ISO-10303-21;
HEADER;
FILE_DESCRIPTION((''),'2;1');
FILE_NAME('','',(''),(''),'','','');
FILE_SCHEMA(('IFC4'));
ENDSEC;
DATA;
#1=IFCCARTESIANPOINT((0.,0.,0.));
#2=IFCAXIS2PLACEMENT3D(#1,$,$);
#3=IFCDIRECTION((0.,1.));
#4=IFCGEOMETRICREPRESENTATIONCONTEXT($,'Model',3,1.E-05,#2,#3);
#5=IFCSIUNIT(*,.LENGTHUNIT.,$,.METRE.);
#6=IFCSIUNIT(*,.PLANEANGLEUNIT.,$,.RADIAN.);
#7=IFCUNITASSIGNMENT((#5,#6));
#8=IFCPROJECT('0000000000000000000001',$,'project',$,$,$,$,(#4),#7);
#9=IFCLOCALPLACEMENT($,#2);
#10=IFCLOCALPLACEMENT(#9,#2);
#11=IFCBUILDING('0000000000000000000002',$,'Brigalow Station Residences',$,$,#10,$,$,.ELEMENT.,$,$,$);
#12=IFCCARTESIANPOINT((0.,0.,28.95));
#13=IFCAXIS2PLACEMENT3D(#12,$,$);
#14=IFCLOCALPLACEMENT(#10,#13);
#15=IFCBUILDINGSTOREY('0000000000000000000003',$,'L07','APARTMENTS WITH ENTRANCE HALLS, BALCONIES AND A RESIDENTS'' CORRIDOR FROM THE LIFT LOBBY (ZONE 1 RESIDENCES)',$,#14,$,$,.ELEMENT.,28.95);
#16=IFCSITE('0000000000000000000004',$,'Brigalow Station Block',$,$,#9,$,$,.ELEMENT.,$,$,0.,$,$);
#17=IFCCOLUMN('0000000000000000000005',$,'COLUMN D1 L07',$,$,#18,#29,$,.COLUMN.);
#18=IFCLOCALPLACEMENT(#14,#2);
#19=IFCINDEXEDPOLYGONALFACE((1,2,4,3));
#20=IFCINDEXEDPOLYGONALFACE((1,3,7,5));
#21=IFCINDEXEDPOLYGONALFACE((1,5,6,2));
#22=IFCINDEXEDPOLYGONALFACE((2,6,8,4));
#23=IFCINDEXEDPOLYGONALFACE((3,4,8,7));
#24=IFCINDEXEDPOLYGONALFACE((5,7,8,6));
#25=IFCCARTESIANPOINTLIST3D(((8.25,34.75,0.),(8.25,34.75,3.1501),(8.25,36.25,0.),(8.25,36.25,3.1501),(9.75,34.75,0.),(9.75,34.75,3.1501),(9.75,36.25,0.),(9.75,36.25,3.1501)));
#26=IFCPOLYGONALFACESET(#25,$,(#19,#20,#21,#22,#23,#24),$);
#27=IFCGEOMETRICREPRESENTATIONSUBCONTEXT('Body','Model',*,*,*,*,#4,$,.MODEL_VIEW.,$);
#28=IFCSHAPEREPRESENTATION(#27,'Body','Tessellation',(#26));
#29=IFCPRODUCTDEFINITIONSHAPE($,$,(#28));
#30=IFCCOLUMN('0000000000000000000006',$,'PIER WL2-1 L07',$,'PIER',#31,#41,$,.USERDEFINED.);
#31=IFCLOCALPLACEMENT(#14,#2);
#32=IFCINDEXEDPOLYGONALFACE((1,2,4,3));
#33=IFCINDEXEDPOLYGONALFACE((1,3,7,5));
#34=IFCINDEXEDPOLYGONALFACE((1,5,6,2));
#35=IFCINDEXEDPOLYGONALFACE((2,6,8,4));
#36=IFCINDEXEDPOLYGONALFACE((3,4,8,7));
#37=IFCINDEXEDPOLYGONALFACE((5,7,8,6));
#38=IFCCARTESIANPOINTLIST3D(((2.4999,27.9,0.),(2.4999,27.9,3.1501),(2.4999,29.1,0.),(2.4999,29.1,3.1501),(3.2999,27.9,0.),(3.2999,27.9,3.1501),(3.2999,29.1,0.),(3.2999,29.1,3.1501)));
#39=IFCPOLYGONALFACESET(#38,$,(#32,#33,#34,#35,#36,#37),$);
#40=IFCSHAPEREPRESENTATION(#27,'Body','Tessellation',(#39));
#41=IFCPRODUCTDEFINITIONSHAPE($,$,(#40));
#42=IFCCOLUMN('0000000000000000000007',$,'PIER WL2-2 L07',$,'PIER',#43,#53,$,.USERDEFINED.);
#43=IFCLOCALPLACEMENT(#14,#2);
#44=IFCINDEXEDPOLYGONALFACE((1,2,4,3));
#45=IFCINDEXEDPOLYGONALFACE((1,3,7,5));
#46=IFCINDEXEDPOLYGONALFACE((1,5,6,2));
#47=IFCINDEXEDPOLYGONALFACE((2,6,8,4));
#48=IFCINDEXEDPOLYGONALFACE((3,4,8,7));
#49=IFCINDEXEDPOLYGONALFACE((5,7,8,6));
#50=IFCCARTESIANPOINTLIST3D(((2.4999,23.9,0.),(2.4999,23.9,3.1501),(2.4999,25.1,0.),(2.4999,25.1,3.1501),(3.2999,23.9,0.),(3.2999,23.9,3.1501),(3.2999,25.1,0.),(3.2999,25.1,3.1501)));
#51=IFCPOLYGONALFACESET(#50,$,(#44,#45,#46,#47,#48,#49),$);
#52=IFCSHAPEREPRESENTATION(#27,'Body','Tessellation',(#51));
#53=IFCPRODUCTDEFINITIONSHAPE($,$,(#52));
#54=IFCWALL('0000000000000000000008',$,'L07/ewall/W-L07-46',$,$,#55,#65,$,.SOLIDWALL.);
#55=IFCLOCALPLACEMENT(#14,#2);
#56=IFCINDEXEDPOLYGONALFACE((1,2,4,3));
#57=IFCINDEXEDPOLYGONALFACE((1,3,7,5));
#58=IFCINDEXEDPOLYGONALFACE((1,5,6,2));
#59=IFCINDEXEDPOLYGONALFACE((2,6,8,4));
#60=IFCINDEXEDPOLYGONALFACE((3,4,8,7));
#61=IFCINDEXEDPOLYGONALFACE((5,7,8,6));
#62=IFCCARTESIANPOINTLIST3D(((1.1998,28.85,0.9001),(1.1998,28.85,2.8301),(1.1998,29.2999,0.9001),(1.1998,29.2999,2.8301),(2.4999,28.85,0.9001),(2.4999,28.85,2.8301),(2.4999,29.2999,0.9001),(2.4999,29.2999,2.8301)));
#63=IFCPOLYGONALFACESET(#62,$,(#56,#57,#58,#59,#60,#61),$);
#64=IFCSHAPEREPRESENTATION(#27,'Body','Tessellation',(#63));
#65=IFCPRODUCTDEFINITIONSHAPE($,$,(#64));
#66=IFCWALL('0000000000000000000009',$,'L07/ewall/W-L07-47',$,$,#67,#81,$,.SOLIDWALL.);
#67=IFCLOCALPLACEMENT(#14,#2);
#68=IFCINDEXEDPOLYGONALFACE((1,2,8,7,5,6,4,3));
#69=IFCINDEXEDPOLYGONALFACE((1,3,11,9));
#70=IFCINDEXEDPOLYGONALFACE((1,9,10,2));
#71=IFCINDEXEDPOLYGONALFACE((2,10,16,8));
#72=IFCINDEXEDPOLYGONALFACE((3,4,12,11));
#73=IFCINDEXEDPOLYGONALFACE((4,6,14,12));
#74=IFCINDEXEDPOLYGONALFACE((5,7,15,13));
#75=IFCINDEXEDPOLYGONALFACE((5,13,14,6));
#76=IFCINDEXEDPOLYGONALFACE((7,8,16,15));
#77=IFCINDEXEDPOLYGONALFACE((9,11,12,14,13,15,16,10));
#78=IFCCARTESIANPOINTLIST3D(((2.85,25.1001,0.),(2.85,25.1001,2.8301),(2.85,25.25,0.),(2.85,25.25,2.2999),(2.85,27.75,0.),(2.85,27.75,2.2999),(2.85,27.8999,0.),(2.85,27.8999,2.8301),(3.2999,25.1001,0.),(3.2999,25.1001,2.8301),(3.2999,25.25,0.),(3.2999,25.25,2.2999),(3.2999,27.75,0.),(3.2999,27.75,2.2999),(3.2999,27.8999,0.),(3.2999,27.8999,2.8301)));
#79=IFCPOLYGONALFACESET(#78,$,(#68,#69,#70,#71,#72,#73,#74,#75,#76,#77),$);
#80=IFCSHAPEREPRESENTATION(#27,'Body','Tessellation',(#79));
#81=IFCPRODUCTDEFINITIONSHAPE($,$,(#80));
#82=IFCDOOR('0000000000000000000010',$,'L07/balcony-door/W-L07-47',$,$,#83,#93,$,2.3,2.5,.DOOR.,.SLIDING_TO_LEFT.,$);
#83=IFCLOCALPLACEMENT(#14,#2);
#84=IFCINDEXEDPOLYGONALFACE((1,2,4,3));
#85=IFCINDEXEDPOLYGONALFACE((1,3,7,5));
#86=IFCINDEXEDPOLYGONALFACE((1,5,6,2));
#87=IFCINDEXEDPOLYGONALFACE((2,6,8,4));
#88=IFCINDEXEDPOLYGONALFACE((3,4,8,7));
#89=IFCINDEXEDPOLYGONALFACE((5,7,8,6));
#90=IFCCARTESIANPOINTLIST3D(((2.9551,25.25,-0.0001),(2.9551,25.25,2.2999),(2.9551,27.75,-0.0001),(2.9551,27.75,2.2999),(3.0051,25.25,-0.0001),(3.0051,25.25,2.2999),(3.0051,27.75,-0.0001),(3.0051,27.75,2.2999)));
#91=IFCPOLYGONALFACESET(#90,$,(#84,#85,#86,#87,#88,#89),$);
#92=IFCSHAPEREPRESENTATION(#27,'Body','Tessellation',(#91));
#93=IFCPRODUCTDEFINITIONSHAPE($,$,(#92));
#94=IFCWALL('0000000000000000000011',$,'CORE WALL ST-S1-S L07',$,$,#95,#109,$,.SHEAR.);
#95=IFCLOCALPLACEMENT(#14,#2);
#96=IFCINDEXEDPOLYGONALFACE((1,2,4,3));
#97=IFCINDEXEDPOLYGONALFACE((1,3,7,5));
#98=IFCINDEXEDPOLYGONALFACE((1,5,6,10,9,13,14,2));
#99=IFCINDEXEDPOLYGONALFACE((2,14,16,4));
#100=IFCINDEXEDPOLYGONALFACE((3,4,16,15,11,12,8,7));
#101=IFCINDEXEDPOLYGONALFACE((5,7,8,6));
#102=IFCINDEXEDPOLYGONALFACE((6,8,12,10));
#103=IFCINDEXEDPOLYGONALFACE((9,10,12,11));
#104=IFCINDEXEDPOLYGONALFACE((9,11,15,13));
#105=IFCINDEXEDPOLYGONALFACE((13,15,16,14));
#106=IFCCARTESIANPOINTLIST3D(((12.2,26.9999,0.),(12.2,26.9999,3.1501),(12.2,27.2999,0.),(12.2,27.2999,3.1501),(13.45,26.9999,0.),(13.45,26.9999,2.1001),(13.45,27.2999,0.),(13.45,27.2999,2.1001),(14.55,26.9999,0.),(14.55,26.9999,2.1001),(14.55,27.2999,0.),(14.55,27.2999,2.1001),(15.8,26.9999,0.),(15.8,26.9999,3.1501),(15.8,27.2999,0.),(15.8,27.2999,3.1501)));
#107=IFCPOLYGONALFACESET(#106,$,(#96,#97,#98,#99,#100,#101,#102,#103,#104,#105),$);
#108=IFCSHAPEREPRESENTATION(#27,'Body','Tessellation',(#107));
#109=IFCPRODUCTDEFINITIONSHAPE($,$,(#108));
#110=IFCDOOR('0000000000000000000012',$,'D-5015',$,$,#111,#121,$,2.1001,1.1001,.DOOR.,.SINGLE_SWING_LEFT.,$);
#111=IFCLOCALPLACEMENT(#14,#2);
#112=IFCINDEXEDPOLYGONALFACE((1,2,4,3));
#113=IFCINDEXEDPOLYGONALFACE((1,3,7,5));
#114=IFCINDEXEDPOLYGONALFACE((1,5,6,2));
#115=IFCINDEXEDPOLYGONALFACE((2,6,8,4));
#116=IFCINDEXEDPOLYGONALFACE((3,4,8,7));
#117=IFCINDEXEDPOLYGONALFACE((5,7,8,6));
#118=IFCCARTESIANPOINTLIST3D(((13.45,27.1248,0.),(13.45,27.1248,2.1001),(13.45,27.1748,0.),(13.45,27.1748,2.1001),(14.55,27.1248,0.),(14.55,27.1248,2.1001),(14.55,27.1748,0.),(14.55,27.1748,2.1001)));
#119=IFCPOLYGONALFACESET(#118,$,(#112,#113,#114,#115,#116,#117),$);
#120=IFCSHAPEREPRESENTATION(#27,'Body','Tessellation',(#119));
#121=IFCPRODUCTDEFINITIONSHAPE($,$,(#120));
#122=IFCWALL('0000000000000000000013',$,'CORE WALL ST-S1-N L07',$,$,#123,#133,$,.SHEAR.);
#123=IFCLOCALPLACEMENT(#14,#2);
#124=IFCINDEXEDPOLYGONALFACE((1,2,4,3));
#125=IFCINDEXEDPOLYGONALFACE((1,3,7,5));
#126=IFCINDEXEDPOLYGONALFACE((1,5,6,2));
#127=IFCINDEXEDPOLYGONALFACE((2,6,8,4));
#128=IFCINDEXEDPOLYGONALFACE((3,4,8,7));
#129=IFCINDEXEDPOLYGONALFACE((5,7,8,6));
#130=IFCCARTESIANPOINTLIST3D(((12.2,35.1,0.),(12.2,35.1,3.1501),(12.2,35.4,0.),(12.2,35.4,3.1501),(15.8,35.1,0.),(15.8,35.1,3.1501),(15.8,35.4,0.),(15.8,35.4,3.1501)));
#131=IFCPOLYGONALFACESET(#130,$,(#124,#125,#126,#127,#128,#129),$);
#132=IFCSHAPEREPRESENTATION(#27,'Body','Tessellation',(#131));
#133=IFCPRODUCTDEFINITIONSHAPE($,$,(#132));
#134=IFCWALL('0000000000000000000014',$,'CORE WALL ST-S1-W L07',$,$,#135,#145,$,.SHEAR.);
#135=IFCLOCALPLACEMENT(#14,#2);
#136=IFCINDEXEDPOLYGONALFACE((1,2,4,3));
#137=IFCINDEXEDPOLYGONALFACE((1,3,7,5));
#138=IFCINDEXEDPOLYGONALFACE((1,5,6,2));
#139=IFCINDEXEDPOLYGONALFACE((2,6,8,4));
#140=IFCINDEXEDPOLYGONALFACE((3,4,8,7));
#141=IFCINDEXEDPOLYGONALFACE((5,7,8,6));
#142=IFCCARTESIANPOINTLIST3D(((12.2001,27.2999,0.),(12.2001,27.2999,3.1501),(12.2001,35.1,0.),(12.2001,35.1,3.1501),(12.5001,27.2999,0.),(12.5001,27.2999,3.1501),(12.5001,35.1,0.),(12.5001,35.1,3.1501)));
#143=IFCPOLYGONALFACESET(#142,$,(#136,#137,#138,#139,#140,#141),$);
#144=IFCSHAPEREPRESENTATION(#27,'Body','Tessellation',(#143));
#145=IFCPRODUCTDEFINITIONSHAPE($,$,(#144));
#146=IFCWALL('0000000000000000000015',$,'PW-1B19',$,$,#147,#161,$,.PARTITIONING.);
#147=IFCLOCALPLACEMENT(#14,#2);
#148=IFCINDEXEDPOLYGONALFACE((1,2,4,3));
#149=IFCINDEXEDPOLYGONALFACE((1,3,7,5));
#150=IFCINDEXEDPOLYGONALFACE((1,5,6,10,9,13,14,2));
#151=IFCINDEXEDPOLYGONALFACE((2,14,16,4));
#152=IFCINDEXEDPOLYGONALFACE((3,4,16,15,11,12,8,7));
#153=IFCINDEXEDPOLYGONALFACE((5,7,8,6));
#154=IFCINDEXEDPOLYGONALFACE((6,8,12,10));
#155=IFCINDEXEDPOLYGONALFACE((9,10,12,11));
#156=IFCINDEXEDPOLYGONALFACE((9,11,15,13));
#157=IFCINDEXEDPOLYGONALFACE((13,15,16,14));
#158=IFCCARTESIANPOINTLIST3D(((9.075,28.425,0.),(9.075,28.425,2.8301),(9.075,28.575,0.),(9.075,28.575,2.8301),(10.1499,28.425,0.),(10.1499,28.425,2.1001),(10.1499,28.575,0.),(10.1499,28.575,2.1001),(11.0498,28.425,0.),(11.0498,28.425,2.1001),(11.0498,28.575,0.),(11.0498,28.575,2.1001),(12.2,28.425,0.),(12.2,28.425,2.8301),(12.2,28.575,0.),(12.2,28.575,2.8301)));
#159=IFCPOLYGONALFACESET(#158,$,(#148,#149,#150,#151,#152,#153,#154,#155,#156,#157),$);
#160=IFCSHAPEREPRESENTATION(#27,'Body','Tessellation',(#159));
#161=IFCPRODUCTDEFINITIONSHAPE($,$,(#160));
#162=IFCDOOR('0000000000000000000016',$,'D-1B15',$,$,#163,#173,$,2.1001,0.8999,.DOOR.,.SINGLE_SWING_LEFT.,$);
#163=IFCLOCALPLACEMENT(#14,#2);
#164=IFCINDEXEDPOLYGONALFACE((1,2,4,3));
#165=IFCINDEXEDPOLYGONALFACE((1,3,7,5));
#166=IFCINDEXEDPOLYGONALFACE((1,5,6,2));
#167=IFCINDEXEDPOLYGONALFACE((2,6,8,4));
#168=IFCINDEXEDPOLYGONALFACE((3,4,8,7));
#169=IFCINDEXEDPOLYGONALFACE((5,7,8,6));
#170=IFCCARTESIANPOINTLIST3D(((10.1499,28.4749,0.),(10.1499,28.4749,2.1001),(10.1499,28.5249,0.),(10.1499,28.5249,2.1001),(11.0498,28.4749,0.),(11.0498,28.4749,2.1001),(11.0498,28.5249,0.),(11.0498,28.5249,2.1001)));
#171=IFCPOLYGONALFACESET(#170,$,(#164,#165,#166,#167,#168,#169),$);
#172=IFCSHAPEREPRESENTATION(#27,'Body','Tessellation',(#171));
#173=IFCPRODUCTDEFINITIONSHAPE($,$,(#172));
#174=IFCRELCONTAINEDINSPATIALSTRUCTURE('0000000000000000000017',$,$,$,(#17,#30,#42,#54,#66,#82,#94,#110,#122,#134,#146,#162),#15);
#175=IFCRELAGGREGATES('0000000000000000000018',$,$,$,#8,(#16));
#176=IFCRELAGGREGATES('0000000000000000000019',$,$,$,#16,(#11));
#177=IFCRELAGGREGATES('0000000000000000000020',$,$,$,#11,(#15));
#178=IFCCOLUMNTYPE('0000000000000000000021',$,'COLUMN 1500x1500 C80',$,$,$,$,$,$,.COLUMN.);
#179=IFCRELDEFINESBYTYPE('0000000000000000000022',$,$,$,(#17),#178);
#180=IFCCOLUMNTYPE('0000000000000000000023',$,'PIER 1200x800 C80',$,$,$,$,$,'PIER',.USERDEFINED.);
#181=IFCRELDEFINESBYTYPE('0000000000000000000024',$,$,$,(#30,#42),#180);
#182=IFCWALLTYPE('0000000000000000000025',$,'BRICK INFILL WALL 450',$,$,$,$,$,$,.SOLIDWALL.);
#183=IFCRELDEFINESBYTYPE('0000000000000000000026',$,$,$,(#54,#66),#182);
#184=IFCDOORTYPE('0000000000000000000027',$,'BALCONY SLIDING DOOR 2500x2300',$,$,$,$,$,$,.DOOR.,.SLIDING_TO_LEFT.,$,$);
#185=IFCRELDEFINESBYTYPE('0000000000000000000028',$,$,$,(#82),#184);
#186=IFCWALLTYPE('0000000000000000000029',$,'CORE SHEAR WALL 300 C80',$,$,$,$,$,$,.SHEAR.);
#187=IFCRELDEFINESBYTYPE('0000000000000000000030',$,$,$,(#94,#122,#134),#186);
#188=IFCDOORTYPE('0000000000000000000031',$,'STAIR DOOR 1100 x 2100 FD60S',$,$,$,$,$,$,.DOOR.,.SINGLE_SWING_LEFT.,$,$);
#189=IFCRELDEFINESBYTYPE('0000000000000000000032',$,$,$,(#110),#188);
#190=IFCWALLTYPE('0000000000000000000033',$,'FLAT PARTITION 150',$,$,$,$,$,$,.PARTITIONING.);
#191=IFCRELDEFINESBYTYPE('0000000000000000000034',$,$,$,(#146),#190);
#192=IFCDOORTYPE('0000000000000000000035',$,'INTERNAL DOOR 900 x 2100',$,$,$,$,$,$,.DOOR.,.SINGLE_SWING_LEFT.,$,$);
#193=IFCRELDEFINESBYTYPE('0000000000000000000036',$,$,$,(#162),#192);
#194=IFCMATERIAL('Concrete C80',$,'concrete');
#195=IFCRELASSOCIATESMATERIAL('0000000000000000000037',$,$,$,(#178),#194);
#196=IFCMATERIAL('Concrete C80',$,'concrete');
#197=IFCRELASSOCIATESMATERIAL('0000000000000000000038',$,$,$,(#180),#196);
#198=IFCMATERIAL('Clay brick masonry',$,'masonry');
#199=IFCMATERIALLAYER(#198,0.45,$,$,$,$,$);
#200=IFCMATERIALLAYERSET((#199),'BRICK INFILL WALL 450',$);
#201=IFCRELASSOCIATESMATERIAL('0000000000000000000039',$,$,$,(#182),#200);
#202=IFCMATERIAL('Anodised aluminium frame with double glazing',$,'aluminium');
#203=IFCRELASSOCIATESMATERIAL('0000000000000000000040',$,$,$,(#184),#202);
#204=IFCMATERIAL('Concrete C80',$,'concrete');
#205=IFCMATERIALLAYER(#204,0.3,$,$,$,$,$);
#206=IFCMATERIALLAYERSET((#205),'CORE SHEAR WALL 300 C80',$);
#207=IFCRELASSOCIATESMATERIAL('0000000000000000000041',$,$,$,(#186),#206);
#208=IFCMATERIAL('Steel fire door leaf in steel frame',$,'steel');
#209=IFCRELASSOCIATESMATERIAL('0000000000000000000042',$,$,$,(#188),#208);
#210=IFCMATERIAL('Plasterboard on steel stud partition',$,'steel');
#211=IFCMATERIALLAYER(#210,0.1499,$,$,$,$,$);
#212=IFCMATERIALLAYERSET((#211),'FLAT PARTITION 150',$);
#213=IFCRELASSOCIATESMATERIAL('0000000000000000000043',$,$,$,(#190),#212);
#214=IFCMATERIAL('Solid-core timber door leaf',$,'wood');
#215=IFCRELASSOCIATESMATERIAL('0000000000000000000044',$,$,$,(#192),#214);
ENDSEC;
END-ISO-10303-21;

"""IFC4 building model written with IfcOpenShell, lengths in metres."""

from ifc_helpers import new_model, si_unit, direction, frame, frame_2d, origin, origin_2d, place, context, subcontext, project, spatial, rectangle, extrude, material, layer, layer_set, material_profile, profile_set, type_object, element, fill, save


model = new_model("IFC4")

# Units and contexts
model_context = context("Model", 3, precision=1e-05, world=origin(), true_north=direction((0.0, 1.0)))
body_context = subcontext(model_context, "Body", "Model", "MODEL_VIEW")
ifc_project = project(units=[si_unit("LENGTHUNIT", "METRE"), si_unit("PLANEANGLEUNIT", "RADIAN")], contexts=[model_context])

# Site, building, storey
site_placement = place(None, origin())
site = spatial("IfcSite", under=ifc_project, at=site_placement, Name="Brigalow Station Block", CompositionType="ELEMENT", RefElevation=0.0)
building_placement = place(site_placement, origin())
building = spatial("IfcBuilding", under=site, at=building_placement, Name="Brigalow Station Residences", CompositionType="ELEMENT")
storey_placement = place(building_placement, frame((0.0, 0.0, 28.95)))
storey = spatial("IfcBuildingStorey", under=building, at=storey_placement, Name="L07", Description="APARTMENTS WITH ENTRANCE HALLS, BALCONIES AND A RESIDENTS' CORRIDOR FROM THE LIFT LOBBY (ZONE 1 RESIDENCES)", CompositionType="ELEMENT", Elevation=28.95)

# Columns
ifc_material_1 = material(Name="Concrete C80", Category="concrete")
ifc_material_profile_1 = material_profile(ifc_material_1, rectangle(XDim=1.5, YDim=1.5, at=origin_2d()), Name="RC1500x1500")
ifc_profile_set_1 = profile_set([ifc_material_profile_1], Name="Concrete C80")
column_type_1 = type_object("IfcColumnType", Name="COLUMN 1500x1500 C80", PredefinedType="COLUMN", material=ifc_profile_set_1)
column_placement = place(storey_placement, frame((9.0, 35.5, 0.0), z_axis=(0.0, 0.0, 1.0), x_axis=(1.0, 0.0, 0.0)))
element("IfcColumn", 1, at=column_placement, inside=storey, type_object=column_type_1, Name="COLUMN D1 L07", PredefinedType="COLUMN", context=body_context, shape_type="SweptSolid", body=[
    extrude(rectangle(XDim=1.5, YDim=1.5, at=origin_2d()), origin(), (0.0, 0.0, 1.0), 3.1501),
])
ifc_material_2 = material(Name="Concrete C80", Category="concrete")
ifc_material_profile_2 = material_profile(ifc_material_2, rectangle(XDim=1.2, YDim=0.8, at=origin_2d()), Name="RC1200x800")
ifc_profile_set_2 = profile_set([ifc_material_profile_2], Name="Concrete C80")
column_type_2 = type_object("IfcColumnType", Name="PIER 1200x800 C80", ElementType="PIER", PredefinedType="USERDEFINED", material=ifc_profile_set_2)
for number, where, z_axis, x_axis, name in (
    (2, (2.8999, 28.5, 0.0), (0.0, 0.0, 1.0), (0.0, -1.0, 0.0), "PIER WL2-1 L07"),
    (3, (2.8999, 24.5, 0.0), (0.0, 0.0, 1.0), (0.0, -1.0, 0.0), "PIER WL2-2 L07"),
):
    element("IfcColumn", number, at=place(storey_placement, frame(where, z_axis=z_axis, x_axis=x_axis)), inside=storey, type_object=column_type_2, Name=name, ObjectType="PIER", PredefinedType="USERDEFINED", context=body_context, shape_type="SweptSolid", body=[
        extrude(rectangle(XDim=1.2, YDim=0.8, at=origin_2d()), origin(), (0.0, 0.0, 1.0), 3.1501),
    ])

# Wall
ifc_material_3 = material(Name="Clay brick masonry", Category="masonry")
ifc_layer_1 = layer(ifc_material_3, 0.45)
ifc_layer_set_1 = layer_set([ifc_layer_1], Name="BRICK INFILL WALL 450")
wall_type_1 = type_object("IfcWallType", Name="BRICK INFILL WALL 450", PredefinedType="SOLIDWALL", material=ifc_layer_set_1)
wall_1_placement = place(storey_placement, frame((1.2, 29.075, 0.9001), z_axis=(0.0, 0.0, 1.0), x_axis=(1.0, 0.0, 0.0)))
element("IfcWall", 4, at=wall_1_placement, inside=storey, type_object=wall_type_1, Name="L07/ewall/W-L07-46", PredefinedType="SOLIDWALL", context=body_context, shape_type="SweptSolid", body=[
    extrude(rectangle(XDim=1.3, YDim=0.45, at=frame_2d((0.6499, 0.0))), origin(), (0.0, 0.0, 1.0), 1.9299),
])

# Walls, openings, doors
wall_2_placement = place(storey_placement, frame((3.075, 27.8999, 0.0), z_axis=(0.0, 0.0, 1.0), x_axis=(0.0, -1.0, 0.0)))
wall_2 = element("IfcWall", 5, at=wall_2_placement, inside=storey, type_object=wall_type_1, Name="L07/ewall/W-L07-47", PredefinedType="SOLIDWALL", context=body_context, shape_type="SweptSolid", body=[
    extrude(rectangle(XDim=2.7998, YDim=0.45, at=frame_2d((1.3999, 0.0))), origin(), (0.0, 0.0, 1.0), 2.8301),
])
opening_1_placement = place(wall_2_placement, frame((0.1499, 0.0, 0.0)))
opening_1 = element("IfcOpeningElement", 6, at=opening_1_placement, cuts=wall_2, PredefinedType="OPENING", context=body_context, shape_type="SweptSolid", body=[
    extrude(rectangle(XDim=2.5, YDim=2.3, at=frame_2d((1.25, 1.1499))), frame((0.0, 0.2349, 0.0), z_axis=(0.0, -1.0, 0.0), x_axis=(1.0, 0.0, 0.0)), (0.0, 0.0, 1.0), 0.47),
])
ifc_material_4 = material(Name="Anodised aluminium frame with double glazing", Category="aluminium")
door_type_1 = type_object("IfcDoorType", Name="BALCONY SLIDING DOOR 2500x2300", OperationType="SLIDING_TO_LEFT", PredefinedType="DOOR", material=ifc_material_4)
door_1_placement = place(opening_1_placement, origin())
door_1 = element("IfcDoor", 7, at=door_1_placement, inside=storey, type_object=door_type_1, Name="L07/balcony-door/W-L07-47", OperationType="SLIDING_TO_LEFT", OverallHeight=2.3, OverallWidth=2.5, PredefinedType="DOOR", context=body_context, shape_type="SweptSolid", body=[
    extrude(rectangle(XDim=2.5, YDim=2.3, at=frame_2d((1.25, 1.1499))), frame((0.0, -0.0698, 0.0), z_axis=(0.0, -1.0, 0.0), x_axis=(1.0, 0.0, 0.0)), (0.0, 0.0, 1.0), 0.05),
])
fill(opening_1, door_1)
ifc_material_5 = material(Name="Concrete C80", Category="concrete")
ifc_layer_2 = layer(ifc_material_5, 0.3)
ifc_layer_set_2 = layer_set([ifc_layer_2], Name="CORE SHEAR WALL 300 C80")
wall_type_2 = type_object("IfcWallType", Name="CORE SHEAR WALL 300 C80", PredefinedType="SHEAR", material=ifc_layer_set_2)
wall_3_placement = place(storey_placement, frame((12.2, 27.1499, 0.0), z_axis=(0.0, 0.0, 1.0), x_axis=(1.0, 0.0, 0.0)))
wall_3 = element("IfcWall", 8, at=wall_3_placement, inside=storey, type_object=wall_type_2, Name="CORE WALL ST-S1-S L07", PredefinedType="SHEAR", context=body_context, shape_type="SweptSolid", body=[
    extrude(rectangle(XDim=3.6001, YDim=0.3, at=frame_2d((1.8, 0.0))), origin(), (0.0, 0.0, 1.0), 3.1501),
])
opening_2_placement = place(wall_3_placement, frame((1.25, 0.0, 0.0)))
opening_2 = element("IfcOpeningElement", 9, at=opening_2_placement, cuts=wall_3, PredefinedType="OPENING", context=body_context, shape_type="SweptSolid", body=[
    extrude(rectangle(XDim=1.1001, YDim=2.1001, at=frame_2d((0.55, 1.05))), frame((0.0, 0.1602, 0.0), z_axis=(0.0, -1.0, 0.0), x_axis=(1.0, 0.0, 0.0)), (0.0, 0.0, 1.0), 0.3201),
])
ifc_material_6 = material(Name="Steel fire door leaf in steel frame", Category="steel")
door_type_2 = type_object("IfcDoorType", Name="STAIR DOOR 1100 x 2100 FD60S", OperationType="SINGLE_SWING_LEFT", PredefinedType="DOOR", material=ifc_material_6)
door_2_placement = place(opening_2_placement, origin())
door_2 = element("IfcDoor", 10, at=door_2_placement, inside=storey, type_object=door_type_2, Name="D-5015", OperationType="SINGLE_SWING_LEFT", OverallHeight=2.1001, OverallWidth=1.1001, PredefinedType="DOOR", context=body_context, shape_type="SweptSolid", body=[
    extrude(rectangle(XDim=1.1001, YDim=2.1001, at=frame_2d((0.55, 1.05))), frame((0.0, 0.0249, 0.0), z_axis=(0.0, -1.0, 0.0), x_axis=(1.0, 0.0, 0.0)), (0.0, 0.0, 1.0), 0.05),
])
fill(opening_2, door_2)

# Walls
wall_4_placement = place(storey_placement, frame((12.2, 35.25, 0.0), z_axis=(0.0, 0.0, 1.0), x_axis=(1.0, 0.0, 0.0)))
element("IfcWall", 11, at=wall_4_placement, inside=storey, type_object=wall_type_2, Name="CORE WALL ST-S1-N L07", PredefinedType="SHEAR", context=body_context, shape_type="SweptSolid", body=[
    extrude(rectangle(XDim=3.6001, YDim=0.3, at=frame_2d((1.8, 0.0))), origin(), (0.0, 0.0, 1.0), 3.1501),
])
wall_5_placement = place(storey_placement, frame((12.3501, 27.3, 0.0), z_axis=(0.0, 0.0, 1.0), x_axis=(0.0, 1.0, 0.0)))
element("IfcWall", 12, at=wall_5_placement, inside=storey, type_object=wall_type_2, Name="CORE WALL ST-S1-W L07", PredefinedType="SHEAR", context=body_context, shape_type="SweptSolid", body=[
    extrude(rectangle(XDim=7.8, YDim=0.3, at=frame_2d((3.8999, 0.0))), origin(), (0.0, 0.0, 1.0), 3.1501),
])

# Wall, opening, door
ifc_material_7 = material(Name="Plasterboard on steel stud partition", Category="steel")
ifc_layer_3 = layer(ifc_material_7, 0.1499)
ifc_layer_set_3 = layer_set([ifc_layer_3], Name="FLAT PARTITION 150")
wall_type_3 = type_object("IfcWallType", Name="FLAT PARTITION 150", PredefinedType="PARTITIONING", material=ifc_layer_set_3)
wall_6_placement = place(storey_placement, frame((9.075, 28.5, 0.0), z_axis=(0.0, 0.0, 1.0), x_axis=(1.0, 0.0, 0.0)))
wall_6 = element("IfcWall", 13, at=wall_6_placement, inside=storey, type_object=wall_type_3, Name="PW-1B19", PredefinedType="PARTITIONING", context=body_context, shape_type="SweptSolid", body=[
    extrude(rectangle(XDim=3.125, YDim=0.1499, at=frame_2d((1.5625, 0.0))), origin(), (0.0, 0.0, 1.0), 2.8301),
])
opening_3_placement = place(wall_6_placement, frame((1.075, 0.0, 0.0)))
opening_3 = element("IfcOpeningElement", 14, at=opening_3_placement, cuts=wall_6, PredefinedType="OPENING", context=body_context, shape_type="SweptSolid", body=[
    extrude(rectangle(XDim=0.8999, YDim=2.1001, at=frame_2d((0.45, 1.05))), frame((0.0, 0.085, 0.0), z_axis=(0.0, -1.0, 0.0), x_axis=(1.0, 0.0, 0.0)), (0.0, 0.0, 1.0), 0.1699),
])
ifc_material_8 = material(Name="Solid-core timber door leaf", Category="wood")
door_type_3 = type_object("IfcDoorType", Name="INTERNAL DOOR 900 x 2100", OperationType="SINGLE_SWING_LEFT", PredefinedType="DOOR", material=ifc_material_8)
door_3_placement = place(opening_3_placement, origin())
door_3 = element("IfcDoor", 15, at=door_3_placement, inside=storey, type_object=door_type_3, Name="D-1B15", OperationType="SINGLE_SWING_LEFT", OverallHeight=2.1001, OverallWidth=0.8999, PredefinedType="DOOR", context=body_context, shape_type="SweptSolid", body=[
    extrude(rectangle(XDim=0.8999, YDim=2.1001, at=frame_2d((0.45, 1.05))), frame((0.0, 0.0249, 0.0), z_axis=(0.0, -1.0, 0.0), x_axis=(1.0, 0.0, 0.0)), (0.0, 0.0, 1.0), 0.05),
])
fill(opening_3, door_3)

save(model, "model.ifc")
